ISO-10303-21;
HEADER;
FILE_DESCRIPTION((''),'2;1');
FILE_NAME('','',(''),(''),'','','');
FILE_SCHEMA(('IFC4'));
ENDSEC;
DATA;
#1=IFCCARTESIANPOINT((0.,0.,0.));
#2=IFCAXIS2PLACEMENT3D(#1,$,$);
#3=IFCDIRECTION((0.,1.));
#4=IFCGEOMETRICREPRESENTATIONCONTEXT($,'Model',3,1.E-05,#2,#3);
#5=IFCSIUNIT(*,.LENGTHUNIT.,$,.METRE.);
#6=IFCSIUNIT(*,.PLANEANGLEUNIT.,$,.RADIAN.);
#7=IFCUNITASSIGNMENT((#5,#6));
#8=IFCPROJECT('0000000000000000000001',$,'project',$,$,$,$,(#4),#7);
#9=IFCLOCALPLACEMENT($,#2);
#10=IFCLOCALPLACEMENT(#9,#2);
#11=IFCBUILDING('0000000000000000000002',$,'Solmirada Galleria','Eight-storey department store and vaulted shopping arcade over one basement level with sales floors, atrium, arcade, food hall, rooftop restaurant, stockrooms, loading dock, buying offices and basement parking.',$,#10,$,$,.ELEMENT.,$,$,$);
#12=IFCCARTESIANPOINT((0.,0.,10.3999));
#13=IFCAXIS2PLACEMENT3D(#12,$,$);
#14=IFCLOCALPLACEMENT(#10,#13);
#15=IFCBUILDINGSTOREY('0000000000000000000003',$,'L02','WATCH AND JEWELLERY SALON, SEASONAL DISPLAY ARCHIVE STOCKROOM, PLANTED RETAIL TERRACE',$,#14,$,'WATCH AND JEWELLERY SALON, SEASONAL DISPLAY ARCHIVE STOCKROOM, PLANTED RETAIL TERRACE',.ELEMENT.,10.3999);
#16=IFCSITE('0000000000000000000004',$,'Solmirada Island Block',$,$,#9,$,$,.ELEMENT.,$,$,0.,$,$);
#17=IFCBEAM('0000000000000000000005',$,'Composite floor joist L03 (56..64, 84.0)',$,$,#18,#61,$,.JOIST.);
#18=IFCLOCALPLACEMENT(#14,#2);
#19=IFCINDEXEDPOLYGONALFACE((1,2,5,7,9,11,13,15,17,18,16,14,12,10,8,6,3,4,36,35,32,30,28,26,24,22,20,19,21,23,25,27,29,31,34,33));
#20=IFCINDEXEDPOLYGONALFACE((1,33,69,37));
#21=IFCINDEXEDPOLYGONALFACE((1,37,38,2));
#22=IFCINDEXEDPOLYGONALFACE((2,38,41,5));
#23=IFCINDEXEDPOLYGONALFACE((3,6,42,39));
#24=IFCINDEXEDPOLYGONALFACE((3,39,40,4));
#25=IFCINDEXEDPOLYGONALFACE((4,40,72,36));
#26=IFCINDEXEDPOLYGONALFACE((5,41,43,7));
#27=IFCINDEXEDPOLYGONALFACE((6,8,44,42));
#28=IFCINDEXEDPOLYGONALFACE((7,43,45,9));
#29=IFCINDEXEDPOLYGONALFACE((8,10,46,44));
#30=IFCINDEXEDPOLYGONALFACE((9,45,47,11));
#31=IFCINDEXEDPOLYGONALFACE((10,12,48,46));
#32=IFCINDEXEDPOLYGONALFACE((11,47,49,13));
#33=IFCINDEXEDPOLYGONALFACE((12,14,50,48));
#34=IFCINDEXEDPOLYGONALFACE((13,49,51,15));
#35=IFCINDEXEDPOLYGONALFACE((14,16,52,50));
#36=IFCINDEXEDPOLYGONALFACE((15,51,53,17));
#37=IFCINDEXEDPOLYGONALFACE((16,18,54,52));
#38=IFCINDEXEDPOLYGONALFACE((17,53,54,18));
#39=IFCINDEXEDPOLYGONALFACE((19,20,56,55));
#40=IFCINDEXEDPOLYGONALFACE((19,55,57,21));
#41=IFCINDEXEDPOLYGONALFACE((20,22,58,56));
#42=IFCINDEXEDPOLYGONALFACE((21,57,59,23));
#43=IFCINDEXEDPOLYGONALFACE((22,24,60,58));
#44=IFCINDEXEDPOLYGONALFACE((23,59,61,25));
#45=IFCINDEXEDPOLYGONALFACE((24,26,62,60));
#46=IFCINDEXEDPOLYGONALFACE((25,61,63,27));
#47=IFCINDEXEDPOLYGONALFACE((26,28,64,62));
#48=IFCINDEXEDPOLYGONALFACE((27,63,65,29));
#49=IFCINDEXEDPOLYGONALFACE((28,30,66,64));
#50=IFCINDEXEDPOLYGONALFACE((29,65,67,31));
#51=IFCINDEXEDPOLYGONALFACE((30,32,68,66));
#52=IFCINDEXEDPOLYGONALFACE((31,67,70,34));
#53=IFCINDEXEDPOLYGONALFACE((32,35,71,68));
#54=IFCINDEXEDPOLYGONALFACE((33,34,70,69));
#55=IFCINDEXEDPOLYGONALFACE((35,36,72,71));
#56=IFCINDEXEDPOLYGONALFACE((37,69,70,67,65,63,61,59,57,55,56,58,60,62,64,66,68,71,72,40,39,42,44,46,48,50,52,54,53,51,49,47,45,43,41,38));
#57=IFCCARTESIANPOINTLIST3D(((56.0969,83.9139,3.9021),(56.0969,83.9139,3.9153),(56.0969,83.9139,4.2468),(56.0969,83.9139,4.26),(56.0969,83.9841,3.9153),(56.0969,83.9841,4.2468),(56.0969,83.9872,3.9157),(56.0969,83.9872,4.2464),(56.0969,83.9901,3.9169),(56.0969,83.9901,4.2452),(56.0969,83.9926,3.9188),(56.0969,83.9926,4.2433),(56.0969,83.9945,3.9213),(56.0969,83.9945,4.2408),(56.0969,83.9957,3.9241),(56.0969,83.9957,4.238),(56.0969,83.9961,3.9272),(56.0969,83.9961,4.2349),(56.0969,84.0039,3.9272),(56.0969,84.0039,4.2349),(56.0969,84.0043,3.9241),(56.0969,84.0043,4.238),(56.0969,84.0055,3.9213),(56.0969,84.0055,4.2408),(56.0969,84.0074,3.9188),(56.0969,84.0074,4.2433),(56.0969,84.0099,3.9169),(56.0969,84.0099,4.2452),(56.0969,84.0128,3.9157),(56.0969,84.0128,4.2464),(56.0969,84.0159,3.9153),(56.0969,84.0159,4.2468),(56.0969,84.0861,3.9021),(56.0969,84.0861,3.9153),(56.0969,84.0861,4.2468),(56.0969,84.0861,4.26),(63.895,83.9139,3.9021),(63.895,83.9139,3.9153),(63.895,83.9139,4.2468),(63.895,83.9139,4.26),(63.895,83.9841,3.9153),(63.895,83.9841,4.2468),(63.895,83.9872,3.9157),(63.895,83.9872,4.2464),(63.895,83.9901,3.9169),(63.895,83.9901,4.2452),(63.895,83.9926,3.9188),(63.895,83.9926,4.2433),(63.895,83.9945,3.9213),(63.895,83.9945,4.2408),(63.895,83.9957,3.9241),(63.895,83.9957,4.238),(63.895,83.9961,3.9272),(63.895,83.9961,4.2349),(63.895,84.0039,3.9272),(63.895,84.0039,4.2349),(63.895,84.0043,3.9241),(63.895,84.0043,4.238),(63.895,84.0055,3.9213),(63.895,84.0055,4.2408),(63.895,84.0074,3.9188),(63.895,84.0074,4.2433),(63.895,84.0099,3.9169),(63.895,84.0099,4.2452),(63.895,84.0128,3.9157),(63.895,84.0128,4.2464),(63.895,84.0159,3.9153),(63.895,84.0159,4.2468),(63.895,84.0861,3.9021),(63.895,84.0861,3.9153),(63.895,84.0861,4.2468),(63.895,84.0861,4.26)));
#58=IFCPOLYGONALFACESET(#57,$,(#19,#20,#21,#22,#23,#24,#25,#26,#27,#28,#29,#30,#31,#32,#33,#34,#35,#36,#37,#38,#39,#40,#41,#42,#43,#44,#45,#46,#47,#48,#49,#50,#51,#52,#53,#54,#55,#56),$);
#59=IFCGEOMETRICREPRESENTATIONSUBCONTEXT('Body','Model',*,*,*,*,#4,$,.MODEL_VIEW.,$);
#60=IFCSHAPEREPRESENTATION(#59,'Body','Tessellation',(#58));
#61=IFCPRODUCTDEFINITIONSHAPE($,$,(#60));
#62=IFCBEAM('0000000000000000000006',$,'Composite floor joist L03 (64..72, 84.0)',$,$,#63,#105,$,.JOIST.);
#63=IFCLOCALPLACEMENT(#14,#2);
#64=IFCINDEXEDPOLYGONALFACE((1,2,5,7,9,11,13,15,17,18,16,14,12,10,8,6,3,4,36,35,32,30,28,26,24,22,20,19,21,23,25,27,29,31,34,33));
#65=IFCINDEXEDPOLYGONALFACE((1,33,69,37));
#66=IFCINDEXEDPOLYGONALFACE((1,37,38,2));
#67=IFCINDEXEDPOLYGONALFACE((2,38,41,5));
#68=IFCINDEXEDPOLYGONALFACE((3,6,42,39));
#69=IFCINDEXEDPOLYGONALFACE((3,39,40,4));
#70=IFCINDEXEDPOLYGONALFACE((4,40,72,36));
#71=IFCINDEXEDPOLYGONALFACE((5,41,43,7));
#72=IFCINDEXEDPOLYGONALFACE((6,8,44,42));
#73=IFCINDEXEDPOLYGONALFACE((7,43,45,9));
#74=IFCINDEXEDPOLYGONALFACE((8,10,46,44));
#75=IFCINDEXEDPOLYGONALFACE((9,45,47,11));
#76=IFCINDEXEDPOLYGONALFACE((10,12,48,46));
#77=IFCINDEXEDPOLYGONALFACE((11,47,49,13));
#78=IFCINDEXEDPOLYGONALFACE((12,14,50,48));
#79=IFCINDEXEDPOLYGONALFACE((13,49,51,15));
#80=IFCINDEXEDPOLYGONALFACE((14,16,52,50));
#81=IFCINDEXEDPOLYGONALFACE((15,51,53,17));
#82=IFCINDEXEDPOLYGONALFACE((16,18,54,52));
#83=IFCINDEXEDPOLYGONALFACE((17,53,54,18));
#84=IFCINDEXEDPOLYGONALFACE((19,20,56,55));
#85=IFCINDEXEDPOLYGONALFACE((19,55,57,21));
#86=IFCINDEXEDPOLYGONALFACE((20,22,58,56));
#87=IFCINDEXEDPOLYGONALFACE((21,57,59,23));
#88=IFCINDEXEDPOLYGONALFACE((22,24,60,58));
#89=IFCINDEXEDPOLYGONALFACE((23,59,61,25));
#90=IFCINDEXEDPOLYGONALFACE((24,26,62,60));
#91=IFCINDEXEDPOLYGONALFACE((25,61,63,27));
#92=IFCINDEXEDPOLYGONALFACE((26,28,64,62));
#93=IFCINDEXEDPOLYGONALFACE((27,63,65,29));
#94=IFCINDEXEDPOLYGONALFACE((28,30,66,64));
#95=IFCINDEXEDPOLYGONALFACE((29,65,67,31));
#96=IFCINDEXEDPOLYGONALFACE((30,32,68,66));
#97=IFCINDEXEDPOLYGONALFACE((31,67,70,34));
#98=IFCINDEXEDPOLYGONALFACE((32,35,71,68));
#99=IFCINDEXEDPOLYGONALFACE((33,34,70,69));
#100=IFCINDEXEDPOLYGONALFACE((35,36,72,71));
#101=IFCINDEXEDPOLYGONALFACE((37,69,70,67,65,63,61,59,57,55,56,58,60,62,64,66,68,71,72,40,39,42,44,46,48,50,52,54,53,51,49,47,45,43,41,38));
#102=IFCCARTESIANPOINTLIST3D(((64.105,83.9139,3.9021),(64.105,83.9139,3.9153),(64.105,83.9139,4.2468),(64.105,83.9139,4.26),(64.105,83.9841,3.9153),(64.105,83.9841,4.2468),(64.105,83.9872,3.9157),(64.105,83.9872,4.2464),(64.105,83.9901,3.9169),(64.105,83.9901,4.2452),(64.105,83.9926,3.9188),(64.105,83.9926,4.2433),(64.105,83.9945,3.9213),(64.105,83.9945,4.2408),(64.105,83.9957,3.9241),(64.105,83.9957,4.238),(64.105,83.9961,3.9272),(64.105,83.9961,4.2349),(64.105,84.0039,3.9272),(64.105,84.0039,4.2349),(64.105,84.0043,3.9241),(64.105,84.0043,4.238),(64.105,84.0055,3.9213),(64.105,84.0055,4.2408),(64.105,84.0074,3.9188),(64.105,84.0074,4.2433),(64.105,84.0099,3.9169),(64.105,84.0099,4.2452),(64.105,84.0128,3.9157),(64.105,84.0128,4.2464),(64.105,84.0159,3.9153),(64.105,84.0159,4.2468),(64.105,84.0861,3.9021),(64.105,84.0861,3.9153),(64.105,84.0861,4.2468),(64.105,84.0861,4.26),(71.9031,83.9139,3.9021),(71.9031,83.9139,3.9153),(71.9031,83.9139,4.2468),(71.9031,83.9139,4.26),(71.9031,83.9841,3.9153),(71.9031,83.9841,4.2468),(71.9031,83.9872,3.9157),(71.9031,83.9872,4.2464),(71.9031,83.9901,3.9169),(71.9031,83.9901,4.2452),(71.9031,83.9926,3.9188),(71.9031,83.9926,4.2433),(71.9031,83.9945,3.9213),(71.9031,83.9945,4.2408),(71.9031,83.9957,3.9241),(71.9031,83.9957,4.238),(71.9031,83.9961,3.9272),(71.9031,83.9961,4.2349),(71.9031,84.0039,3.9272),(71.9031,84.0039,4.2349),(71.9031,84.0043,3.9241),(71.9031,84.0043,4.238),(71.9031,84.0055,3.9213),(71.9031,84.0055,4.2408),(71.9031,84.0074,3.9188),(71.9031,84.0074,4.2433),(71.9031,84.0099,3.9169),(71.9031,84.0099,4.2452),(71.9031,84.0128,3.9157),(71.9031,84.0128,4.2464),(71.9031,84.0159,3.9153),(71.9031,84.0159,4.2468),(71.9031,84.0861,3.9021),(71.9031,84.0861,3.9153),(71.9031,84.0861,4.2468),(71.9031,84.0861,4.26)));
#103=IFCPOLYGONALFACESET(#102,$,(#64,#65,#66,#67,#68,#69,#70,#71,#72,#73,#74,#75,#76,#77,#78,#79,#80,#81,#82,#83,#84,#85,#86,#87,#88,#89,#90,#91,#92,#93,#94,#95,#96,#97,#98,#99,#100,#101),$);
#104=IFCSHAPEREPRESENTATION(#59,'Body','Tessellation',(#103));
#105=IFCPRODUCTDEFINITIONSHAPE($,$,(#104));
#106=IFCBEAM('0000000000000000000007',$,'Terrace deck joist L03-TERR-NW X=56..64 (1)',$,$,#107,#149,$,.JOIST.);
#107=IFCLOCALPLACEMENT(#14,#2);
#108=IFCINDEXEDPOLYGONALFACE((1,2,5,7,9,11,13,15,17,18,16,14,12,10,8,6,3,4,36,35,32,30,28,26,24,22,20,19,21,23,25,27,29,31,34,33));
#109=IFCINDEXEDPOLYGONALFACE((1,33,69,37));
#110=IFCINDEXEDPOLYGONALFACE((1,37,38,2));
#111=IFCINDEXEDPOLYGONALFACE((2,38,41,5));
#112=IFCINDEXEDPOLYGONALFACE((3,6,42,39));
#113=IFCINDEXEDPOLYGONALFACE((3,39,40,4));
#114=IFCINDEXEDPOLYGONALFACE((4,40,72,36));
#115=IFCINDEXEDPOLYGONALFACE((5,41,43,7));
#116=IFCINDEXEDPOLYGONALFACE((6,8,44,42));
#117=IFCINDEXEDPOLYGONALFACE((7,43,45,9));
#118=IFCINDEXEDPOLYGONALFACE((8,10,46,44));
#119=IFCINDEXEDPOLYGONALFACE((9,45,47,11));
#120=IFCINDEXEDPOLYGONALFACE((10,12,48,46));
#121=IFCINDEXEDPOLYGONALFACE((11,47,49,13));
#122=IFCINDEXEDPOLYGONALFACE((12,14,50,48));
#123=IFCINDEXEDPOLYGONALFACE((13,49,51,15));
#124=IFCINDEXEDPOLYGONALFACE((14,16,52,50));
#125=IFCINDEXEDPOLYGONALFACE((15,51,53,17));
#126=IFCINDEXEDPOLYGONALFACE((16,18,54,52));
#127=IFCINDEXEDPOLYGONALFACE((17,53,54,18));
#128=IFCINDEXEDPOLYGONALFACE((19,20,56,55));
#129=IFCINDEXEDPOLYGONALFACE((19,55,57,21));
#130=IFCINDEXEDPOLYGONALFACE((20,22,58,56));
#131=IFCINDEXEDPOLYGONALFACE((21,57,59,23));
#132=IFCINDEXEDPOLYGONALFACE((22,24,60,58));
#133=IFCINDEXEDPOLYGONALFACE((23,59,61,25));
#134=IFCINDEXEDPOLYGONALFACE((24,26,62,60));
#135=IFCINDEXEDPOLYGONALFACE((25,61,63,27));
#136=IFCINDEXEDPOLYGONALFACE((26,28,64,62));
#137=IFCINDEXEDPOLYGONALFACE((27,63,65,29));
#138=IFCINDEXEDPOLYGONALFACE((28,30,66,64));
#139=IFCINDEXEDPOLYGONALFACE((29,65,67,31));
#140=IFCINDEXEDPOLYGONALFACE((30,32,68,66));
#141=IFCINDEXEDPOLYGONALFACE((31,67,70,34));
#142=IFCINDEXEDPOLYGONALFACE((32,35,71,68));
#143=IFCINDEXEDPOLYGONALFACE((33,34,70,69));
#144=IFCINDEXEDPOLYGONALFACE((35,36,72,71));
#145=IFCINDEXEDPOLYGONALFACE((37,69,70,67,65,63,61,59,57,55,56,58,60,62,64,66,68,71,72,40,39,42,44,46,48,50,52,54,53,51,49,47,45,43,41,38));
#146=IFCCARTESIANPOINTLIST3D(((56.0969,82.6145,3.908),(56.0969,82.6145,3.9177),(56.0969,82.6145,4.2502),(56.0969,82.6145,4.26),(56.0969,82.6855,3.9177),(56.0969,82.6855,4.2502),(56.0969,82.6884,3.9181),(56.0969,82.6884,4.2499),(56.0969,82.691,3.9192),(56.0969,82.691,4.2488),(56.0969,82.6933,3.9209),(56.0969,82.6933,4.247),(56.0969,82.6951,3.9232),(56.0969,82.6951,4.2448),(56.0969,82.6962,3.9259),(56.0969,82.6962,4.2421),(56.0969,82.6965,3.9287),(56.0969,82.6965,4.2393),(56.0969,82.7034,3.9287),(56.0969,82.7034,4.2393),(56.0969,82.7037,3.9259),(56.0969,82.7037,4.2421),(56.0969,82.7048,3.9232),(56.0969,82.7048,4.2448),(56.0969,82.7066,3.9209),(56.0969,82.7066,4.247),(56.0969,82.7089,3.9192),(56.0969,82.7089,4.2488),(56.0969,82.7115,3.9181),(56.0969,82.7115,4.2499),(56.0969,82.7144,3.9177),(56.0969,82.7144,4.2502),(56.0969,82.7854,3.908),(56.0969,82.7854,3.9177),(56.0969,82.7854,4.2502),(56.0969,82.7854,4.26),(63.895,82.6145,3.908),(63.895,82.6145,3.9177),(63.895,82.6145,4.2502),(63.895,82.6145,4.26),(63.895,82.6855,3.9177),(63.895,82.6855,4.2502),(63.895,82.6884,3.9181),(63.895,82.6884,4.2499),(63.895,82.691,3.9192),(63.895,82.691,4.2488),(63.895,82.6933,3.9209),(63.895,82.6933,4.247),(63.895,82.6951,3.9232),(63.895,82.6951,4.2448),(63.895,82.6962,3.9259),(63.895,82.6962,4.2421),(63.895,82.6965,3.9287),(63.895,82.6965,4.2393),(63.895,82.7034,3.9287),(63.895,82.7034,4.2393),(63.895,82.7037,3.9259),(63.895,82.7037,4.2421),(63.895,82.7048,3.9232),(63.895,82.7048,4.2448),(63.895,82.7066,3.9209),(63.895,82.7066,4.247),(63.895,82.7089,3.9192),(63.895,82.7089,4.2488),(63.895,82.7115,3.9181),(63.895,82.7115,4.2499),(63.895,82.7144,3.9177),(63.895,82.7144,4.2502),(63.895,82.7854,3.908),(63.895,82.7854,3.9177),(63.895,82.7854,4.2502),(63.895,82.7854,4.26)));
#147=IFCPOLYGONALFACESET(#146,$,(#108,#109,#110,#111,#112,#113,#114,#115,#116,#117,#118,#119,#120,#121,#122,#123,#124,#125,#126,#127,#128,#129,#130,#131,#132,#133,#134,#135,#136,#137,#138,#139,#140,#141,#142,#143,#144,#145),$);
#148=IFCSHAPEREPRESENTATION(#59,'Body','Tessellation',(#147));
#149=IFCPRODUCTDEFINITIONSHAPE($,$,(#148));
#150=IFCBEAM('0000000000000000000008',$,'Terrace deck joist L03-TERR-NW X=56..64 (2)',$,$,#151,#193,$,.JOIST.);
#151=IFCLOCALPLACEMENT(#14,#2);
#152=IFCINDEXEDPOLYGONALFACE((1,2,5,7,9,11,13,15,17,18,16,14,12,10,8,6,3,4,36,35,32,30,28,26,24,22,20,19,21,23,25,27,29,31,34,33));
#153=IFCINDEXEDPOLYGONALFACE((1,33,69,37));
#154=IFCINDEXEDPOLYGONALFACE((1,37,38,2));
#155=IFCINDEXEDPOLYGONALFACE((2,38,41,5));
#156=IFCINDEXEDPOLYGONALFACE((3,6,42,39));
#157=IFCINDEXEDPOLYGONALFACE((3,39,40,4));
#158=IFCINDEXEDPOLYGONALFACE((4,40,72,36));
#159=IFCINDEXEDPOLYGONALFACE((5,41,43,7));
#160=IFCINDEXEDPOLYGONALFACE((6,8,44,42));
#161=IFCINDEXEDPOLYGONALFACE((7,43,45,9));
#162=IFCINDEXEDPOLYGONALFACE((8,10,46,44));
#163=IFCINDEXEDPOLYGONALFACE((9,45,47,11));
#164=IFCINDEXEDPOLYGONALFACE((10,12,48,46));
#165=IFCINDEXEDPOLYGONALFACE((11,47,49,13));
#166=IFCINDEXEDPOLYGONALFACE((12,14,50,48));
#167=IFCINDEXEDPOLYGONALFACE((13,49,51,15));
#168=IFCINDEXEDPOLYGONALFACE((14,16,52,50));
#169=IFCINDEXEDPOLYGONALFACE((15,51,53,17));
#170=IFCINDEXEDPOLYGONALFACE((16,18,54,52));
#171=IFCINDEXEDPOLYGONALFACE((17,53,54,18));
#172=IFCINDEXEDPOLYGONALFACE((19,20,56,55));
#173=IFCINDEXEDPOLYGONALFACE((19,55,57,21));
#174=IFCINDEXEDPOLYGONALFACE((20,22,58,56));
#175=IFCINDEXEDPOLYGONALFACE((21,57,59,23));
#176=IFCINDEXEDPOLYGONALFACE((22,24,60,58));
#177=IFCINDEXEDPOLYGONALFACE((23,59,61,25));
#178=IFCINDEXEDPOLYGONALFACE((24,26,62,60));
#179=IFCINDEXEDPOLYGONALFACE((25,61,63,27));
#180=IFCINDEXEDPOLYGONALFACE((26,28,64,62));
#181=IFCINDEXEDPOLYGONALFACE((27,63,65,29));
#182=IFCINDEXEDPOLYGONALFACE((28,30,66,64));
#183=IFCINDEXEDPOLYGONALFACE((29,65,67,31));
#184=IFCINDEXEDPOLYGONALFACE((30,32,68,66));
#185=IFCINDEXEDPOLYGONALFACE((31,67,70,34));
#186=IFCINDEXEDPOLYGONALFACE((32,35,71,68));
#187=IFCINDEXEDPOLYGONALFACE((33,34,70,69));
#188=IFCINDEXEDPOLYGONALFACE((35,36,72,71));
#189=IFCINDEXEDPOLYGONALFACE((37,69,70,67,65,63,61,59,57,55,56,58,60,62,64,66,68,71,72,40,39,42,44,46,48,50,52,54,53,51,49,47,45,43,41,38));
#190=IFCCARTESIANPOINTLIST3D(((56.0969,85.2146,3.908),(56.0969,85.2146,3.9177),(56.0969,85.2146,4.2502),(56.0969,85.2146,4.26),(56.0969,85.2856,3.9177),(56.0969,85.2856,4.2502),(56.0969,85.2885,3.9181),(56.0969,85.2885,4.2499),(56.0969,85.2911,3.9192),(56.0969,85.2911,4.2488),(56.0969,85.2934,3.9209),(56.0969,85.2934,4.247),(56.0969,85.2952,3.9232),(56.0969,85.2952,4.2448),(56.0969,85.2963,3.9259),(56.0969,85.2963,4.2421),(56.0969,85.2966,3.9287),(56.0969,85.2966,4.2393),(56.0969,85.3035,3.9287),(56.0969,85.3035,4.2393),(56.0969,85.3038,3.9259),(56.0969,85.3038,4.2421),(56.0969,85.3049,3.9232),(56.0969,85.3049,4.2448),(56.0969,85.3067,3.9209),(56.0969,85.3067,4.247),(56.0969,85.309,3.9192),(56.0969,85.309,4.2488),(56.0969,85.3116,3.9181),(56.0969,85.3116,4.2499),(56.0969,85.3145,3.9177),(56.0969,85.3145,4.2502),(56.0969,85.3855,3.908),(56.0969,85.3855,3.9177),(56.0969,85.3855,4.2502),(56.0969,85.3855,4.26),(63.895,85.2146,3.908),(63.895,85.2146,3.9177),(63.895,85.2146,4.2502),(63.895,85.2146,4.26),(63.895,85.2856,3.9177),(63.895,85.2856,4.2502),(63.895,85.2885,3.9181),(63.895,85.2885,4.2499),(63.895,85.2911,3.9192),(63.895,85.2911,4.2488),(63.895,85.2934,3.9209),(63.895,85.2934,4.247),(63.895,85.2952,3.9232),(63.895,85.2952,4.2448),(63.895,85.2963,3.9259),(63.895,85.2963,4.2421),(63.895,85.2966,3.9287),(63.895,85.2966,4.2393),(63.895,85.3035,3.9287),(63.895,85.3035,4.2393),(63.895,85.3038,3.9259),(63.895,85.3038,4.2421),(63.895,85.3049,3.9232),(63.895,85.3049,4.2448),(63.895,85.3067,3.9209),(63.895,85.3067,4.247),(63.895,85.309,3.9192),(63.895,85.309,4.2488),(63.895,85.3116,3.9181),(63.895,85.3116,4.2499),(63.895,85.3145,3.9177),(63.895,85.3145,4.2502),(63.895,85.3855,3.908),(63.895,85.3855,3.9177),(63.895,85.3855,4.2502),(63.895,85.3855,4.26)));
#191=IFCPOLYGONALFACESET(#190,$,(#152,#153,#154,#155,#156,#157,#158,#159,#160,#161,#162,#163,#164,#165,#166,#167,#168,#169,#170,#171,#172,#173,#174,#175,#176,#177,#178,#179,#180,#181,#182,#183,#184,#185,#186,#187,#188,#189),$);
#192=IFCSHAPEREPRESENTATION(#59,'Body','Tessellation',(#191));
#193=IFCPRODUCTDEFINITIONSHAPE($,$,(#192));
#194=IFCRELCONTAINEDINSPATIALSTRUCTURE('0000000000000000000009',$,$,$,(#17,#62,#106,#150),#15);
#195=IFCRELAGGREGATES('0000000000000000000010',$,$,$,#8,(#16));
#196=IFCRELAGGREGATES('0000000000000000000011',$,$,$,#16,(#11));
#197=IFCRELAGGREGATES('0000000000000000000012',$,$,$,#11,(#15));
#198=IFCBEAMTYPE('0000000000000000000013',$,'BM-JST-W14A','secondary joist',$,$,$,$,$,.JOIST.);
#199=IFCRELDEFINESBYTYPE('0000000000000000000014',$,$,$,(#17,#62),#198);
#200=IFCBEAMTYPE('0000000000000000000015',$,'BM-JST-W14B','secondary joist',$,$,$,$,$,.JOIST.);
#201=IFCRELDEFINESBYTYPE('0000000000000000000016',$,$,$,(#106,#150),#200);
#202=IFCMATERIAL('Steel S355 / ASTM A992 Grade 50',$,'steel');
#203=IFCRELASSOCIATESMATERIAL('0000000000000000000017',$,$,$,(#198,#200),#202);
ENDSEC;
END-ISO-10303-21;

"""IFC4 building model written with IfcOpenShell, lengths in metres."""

from ifc_helpers import new_model, si_unit, direction, frame, origin, origin_2d, place, context, subcontext, project, spatial, i_section, extrude, material, material_profile, profile_set, type_object, element, save


model = new_model("IFC4")

# Units and contexts
model_context = context("Model", 3, precision=1e-05, world=origin(), true_north=direction((0.0, 1.0)))
body_context = subcontext(model_context, "Body", "Model", "MODEL_VIEW")
ifc_project = project(units=[si_unit("LENGTHUNIT", "METRE"), si_unit("PLANEANGLEUNIT", "RADIAN")], contexts=[model_context])

# Site, building, storey
site_placement = place(None, origin())
site = spatial("IfcSite", under=ifc_project, at=site_placement, Name="Solmirada Island Block", CompositionType="ELEMENT", RefElevation=0.0)
building_placement = place(site_placement, origin())
building = spatial("IfcBuilding", under=site, at=building_placement, Name="Solmirada Galleria", Description="Eight-storey department store and vaulted shopping arcade over one basement level with sales floors, atrium, arcade, food hall, rooftop restaurant, stockrooms, loading dock, buying offices and basement parking.", CompositionType="ELEMENT")
storey_placement = place(building_placement, frame((0.0, 0.0, 10.3999)))
storey = spatial("IfcBuildingStorey", under=building, at=storey_placement, Name="L02", Description="WATCH AND JEWELLERY SALON, SEASONAL DISPLAY ARCHIVE STOCKROOM, PLANTED RETAIL TERRACE", LongName="WATCH AND JEWELLERY SALON, SEASONAL DISPLAY ARCHIVE STOCKROOM, PLANTED RETAIL TERRACE", CompositionType="ELEMENT", Elevation=10.3999)

# Beams
ifc_material_1 = material(Name="Steel S355 / ASTM A992 Grade 50", Category="steel")
ifc_material_profile_1 = material_profile(ifc_material_1, i_section(OverallWidth=0.1721, OverallDepth=0.3579, WebThickness=0.0078, FlangeThickness=0.0132, FilletRadius=0.012, at=origin_2d()), Name="W14X38")
ifc_profile_set_1 = profile_set([ifc_material_profile_1], Name="Steel S355 / ASTM A992 Grade 50")
beam_type_1 = type_object("IfcBeamType", Name="BM-JST-W14A", Description="secondary joist", PredefinedType="JOIST", material=ifc_profile_set_1)
for number, where, z_axis, x_axis, name in (
    (1, (56.0969, 84.0, 4.0811), (1.0, 0.0, 0.0), (0.0, 1.0, 0.0), "Composite floor joist L03 (56..64, 84.0)"),
    (2, (64.105, 84.0, 4.0811), (1.0, 0.0, 0.0), (0.0, 1.0, 0.0), "Composite floor joist L03 (64..72, 84.0)"),
):
    element("IfcBeam", number, at=place(storey_placement, frame(where, z_axis=z_axis, x_axis=x_axis)), inside=storey, type_object=beam_type_1, Name=name, PredefinedType="JOIST", context=body_context, shape_type="SweptSolid", body=[
        extrude(i_section(OverallWidth=0.1721, OverallDepth=0.3579, WebThickness=0.0078, FlangeThickness=0.0132, FilletRadius=0.012, at=origin_2d()), origin(), (0.0, 0.0, 1.0), 7.7981),
    ])
ifc_material_profile_2 = material_profile(ifc_material_1, i_section(OverallWidth=0.1709, OverallDepth=0.3521, WebThickness=0.0068, FlangeThickness=0.0098, FilletRadius=0.011, at=origin_2d()), Name="W14X30")
ifc_profile_set_2 = profile_set([ifc_material_profile_2], Name="Steel S355 / ASTM A992 Grade 50")
beam_type_2 = type_object("IfcBeamType", Name="BM-JST-W14B", Description="secondary joist", PredefinedType="JOIST", material=ifc_profile_set_2)
for number, where, z_axis, x_axis, name in (
    (3, (56.0969, 82.7, 4.084), (1.0, 0.0, 0.0), (0.0, 1.0, 0.0), "Terrace deck joist L03-TERR-NW X=56..64 (1)"),
    (4, (56.0969, 85.3, 4.084), (1.0, 0.0, 0.0), (0.0, 1.0, 0.0), "Terrace deck joist L03-TERR-NW X=56..64 (2)"),
):
    element("IfcBeam", number, at=place(storey_placement, frame(where, z_axis=z_axis, x_axis=x_axis)), inside=storey, type_object=beam_type_2, Name=name, PredefinedType="JOIST", context=body_context, shape_type="SweptSolid", body=[
        extrude(i_section(OverallWidth=0.1709, OverallDepth=0.3521, WebThickness=0.0068, FlangeThickness=0.0098, FilletRadius=0.011, at=origin_2d()), origin(), (0.0, 0.0, 1.0), 7.7981),
    ])

save(model, "model.ifc")
